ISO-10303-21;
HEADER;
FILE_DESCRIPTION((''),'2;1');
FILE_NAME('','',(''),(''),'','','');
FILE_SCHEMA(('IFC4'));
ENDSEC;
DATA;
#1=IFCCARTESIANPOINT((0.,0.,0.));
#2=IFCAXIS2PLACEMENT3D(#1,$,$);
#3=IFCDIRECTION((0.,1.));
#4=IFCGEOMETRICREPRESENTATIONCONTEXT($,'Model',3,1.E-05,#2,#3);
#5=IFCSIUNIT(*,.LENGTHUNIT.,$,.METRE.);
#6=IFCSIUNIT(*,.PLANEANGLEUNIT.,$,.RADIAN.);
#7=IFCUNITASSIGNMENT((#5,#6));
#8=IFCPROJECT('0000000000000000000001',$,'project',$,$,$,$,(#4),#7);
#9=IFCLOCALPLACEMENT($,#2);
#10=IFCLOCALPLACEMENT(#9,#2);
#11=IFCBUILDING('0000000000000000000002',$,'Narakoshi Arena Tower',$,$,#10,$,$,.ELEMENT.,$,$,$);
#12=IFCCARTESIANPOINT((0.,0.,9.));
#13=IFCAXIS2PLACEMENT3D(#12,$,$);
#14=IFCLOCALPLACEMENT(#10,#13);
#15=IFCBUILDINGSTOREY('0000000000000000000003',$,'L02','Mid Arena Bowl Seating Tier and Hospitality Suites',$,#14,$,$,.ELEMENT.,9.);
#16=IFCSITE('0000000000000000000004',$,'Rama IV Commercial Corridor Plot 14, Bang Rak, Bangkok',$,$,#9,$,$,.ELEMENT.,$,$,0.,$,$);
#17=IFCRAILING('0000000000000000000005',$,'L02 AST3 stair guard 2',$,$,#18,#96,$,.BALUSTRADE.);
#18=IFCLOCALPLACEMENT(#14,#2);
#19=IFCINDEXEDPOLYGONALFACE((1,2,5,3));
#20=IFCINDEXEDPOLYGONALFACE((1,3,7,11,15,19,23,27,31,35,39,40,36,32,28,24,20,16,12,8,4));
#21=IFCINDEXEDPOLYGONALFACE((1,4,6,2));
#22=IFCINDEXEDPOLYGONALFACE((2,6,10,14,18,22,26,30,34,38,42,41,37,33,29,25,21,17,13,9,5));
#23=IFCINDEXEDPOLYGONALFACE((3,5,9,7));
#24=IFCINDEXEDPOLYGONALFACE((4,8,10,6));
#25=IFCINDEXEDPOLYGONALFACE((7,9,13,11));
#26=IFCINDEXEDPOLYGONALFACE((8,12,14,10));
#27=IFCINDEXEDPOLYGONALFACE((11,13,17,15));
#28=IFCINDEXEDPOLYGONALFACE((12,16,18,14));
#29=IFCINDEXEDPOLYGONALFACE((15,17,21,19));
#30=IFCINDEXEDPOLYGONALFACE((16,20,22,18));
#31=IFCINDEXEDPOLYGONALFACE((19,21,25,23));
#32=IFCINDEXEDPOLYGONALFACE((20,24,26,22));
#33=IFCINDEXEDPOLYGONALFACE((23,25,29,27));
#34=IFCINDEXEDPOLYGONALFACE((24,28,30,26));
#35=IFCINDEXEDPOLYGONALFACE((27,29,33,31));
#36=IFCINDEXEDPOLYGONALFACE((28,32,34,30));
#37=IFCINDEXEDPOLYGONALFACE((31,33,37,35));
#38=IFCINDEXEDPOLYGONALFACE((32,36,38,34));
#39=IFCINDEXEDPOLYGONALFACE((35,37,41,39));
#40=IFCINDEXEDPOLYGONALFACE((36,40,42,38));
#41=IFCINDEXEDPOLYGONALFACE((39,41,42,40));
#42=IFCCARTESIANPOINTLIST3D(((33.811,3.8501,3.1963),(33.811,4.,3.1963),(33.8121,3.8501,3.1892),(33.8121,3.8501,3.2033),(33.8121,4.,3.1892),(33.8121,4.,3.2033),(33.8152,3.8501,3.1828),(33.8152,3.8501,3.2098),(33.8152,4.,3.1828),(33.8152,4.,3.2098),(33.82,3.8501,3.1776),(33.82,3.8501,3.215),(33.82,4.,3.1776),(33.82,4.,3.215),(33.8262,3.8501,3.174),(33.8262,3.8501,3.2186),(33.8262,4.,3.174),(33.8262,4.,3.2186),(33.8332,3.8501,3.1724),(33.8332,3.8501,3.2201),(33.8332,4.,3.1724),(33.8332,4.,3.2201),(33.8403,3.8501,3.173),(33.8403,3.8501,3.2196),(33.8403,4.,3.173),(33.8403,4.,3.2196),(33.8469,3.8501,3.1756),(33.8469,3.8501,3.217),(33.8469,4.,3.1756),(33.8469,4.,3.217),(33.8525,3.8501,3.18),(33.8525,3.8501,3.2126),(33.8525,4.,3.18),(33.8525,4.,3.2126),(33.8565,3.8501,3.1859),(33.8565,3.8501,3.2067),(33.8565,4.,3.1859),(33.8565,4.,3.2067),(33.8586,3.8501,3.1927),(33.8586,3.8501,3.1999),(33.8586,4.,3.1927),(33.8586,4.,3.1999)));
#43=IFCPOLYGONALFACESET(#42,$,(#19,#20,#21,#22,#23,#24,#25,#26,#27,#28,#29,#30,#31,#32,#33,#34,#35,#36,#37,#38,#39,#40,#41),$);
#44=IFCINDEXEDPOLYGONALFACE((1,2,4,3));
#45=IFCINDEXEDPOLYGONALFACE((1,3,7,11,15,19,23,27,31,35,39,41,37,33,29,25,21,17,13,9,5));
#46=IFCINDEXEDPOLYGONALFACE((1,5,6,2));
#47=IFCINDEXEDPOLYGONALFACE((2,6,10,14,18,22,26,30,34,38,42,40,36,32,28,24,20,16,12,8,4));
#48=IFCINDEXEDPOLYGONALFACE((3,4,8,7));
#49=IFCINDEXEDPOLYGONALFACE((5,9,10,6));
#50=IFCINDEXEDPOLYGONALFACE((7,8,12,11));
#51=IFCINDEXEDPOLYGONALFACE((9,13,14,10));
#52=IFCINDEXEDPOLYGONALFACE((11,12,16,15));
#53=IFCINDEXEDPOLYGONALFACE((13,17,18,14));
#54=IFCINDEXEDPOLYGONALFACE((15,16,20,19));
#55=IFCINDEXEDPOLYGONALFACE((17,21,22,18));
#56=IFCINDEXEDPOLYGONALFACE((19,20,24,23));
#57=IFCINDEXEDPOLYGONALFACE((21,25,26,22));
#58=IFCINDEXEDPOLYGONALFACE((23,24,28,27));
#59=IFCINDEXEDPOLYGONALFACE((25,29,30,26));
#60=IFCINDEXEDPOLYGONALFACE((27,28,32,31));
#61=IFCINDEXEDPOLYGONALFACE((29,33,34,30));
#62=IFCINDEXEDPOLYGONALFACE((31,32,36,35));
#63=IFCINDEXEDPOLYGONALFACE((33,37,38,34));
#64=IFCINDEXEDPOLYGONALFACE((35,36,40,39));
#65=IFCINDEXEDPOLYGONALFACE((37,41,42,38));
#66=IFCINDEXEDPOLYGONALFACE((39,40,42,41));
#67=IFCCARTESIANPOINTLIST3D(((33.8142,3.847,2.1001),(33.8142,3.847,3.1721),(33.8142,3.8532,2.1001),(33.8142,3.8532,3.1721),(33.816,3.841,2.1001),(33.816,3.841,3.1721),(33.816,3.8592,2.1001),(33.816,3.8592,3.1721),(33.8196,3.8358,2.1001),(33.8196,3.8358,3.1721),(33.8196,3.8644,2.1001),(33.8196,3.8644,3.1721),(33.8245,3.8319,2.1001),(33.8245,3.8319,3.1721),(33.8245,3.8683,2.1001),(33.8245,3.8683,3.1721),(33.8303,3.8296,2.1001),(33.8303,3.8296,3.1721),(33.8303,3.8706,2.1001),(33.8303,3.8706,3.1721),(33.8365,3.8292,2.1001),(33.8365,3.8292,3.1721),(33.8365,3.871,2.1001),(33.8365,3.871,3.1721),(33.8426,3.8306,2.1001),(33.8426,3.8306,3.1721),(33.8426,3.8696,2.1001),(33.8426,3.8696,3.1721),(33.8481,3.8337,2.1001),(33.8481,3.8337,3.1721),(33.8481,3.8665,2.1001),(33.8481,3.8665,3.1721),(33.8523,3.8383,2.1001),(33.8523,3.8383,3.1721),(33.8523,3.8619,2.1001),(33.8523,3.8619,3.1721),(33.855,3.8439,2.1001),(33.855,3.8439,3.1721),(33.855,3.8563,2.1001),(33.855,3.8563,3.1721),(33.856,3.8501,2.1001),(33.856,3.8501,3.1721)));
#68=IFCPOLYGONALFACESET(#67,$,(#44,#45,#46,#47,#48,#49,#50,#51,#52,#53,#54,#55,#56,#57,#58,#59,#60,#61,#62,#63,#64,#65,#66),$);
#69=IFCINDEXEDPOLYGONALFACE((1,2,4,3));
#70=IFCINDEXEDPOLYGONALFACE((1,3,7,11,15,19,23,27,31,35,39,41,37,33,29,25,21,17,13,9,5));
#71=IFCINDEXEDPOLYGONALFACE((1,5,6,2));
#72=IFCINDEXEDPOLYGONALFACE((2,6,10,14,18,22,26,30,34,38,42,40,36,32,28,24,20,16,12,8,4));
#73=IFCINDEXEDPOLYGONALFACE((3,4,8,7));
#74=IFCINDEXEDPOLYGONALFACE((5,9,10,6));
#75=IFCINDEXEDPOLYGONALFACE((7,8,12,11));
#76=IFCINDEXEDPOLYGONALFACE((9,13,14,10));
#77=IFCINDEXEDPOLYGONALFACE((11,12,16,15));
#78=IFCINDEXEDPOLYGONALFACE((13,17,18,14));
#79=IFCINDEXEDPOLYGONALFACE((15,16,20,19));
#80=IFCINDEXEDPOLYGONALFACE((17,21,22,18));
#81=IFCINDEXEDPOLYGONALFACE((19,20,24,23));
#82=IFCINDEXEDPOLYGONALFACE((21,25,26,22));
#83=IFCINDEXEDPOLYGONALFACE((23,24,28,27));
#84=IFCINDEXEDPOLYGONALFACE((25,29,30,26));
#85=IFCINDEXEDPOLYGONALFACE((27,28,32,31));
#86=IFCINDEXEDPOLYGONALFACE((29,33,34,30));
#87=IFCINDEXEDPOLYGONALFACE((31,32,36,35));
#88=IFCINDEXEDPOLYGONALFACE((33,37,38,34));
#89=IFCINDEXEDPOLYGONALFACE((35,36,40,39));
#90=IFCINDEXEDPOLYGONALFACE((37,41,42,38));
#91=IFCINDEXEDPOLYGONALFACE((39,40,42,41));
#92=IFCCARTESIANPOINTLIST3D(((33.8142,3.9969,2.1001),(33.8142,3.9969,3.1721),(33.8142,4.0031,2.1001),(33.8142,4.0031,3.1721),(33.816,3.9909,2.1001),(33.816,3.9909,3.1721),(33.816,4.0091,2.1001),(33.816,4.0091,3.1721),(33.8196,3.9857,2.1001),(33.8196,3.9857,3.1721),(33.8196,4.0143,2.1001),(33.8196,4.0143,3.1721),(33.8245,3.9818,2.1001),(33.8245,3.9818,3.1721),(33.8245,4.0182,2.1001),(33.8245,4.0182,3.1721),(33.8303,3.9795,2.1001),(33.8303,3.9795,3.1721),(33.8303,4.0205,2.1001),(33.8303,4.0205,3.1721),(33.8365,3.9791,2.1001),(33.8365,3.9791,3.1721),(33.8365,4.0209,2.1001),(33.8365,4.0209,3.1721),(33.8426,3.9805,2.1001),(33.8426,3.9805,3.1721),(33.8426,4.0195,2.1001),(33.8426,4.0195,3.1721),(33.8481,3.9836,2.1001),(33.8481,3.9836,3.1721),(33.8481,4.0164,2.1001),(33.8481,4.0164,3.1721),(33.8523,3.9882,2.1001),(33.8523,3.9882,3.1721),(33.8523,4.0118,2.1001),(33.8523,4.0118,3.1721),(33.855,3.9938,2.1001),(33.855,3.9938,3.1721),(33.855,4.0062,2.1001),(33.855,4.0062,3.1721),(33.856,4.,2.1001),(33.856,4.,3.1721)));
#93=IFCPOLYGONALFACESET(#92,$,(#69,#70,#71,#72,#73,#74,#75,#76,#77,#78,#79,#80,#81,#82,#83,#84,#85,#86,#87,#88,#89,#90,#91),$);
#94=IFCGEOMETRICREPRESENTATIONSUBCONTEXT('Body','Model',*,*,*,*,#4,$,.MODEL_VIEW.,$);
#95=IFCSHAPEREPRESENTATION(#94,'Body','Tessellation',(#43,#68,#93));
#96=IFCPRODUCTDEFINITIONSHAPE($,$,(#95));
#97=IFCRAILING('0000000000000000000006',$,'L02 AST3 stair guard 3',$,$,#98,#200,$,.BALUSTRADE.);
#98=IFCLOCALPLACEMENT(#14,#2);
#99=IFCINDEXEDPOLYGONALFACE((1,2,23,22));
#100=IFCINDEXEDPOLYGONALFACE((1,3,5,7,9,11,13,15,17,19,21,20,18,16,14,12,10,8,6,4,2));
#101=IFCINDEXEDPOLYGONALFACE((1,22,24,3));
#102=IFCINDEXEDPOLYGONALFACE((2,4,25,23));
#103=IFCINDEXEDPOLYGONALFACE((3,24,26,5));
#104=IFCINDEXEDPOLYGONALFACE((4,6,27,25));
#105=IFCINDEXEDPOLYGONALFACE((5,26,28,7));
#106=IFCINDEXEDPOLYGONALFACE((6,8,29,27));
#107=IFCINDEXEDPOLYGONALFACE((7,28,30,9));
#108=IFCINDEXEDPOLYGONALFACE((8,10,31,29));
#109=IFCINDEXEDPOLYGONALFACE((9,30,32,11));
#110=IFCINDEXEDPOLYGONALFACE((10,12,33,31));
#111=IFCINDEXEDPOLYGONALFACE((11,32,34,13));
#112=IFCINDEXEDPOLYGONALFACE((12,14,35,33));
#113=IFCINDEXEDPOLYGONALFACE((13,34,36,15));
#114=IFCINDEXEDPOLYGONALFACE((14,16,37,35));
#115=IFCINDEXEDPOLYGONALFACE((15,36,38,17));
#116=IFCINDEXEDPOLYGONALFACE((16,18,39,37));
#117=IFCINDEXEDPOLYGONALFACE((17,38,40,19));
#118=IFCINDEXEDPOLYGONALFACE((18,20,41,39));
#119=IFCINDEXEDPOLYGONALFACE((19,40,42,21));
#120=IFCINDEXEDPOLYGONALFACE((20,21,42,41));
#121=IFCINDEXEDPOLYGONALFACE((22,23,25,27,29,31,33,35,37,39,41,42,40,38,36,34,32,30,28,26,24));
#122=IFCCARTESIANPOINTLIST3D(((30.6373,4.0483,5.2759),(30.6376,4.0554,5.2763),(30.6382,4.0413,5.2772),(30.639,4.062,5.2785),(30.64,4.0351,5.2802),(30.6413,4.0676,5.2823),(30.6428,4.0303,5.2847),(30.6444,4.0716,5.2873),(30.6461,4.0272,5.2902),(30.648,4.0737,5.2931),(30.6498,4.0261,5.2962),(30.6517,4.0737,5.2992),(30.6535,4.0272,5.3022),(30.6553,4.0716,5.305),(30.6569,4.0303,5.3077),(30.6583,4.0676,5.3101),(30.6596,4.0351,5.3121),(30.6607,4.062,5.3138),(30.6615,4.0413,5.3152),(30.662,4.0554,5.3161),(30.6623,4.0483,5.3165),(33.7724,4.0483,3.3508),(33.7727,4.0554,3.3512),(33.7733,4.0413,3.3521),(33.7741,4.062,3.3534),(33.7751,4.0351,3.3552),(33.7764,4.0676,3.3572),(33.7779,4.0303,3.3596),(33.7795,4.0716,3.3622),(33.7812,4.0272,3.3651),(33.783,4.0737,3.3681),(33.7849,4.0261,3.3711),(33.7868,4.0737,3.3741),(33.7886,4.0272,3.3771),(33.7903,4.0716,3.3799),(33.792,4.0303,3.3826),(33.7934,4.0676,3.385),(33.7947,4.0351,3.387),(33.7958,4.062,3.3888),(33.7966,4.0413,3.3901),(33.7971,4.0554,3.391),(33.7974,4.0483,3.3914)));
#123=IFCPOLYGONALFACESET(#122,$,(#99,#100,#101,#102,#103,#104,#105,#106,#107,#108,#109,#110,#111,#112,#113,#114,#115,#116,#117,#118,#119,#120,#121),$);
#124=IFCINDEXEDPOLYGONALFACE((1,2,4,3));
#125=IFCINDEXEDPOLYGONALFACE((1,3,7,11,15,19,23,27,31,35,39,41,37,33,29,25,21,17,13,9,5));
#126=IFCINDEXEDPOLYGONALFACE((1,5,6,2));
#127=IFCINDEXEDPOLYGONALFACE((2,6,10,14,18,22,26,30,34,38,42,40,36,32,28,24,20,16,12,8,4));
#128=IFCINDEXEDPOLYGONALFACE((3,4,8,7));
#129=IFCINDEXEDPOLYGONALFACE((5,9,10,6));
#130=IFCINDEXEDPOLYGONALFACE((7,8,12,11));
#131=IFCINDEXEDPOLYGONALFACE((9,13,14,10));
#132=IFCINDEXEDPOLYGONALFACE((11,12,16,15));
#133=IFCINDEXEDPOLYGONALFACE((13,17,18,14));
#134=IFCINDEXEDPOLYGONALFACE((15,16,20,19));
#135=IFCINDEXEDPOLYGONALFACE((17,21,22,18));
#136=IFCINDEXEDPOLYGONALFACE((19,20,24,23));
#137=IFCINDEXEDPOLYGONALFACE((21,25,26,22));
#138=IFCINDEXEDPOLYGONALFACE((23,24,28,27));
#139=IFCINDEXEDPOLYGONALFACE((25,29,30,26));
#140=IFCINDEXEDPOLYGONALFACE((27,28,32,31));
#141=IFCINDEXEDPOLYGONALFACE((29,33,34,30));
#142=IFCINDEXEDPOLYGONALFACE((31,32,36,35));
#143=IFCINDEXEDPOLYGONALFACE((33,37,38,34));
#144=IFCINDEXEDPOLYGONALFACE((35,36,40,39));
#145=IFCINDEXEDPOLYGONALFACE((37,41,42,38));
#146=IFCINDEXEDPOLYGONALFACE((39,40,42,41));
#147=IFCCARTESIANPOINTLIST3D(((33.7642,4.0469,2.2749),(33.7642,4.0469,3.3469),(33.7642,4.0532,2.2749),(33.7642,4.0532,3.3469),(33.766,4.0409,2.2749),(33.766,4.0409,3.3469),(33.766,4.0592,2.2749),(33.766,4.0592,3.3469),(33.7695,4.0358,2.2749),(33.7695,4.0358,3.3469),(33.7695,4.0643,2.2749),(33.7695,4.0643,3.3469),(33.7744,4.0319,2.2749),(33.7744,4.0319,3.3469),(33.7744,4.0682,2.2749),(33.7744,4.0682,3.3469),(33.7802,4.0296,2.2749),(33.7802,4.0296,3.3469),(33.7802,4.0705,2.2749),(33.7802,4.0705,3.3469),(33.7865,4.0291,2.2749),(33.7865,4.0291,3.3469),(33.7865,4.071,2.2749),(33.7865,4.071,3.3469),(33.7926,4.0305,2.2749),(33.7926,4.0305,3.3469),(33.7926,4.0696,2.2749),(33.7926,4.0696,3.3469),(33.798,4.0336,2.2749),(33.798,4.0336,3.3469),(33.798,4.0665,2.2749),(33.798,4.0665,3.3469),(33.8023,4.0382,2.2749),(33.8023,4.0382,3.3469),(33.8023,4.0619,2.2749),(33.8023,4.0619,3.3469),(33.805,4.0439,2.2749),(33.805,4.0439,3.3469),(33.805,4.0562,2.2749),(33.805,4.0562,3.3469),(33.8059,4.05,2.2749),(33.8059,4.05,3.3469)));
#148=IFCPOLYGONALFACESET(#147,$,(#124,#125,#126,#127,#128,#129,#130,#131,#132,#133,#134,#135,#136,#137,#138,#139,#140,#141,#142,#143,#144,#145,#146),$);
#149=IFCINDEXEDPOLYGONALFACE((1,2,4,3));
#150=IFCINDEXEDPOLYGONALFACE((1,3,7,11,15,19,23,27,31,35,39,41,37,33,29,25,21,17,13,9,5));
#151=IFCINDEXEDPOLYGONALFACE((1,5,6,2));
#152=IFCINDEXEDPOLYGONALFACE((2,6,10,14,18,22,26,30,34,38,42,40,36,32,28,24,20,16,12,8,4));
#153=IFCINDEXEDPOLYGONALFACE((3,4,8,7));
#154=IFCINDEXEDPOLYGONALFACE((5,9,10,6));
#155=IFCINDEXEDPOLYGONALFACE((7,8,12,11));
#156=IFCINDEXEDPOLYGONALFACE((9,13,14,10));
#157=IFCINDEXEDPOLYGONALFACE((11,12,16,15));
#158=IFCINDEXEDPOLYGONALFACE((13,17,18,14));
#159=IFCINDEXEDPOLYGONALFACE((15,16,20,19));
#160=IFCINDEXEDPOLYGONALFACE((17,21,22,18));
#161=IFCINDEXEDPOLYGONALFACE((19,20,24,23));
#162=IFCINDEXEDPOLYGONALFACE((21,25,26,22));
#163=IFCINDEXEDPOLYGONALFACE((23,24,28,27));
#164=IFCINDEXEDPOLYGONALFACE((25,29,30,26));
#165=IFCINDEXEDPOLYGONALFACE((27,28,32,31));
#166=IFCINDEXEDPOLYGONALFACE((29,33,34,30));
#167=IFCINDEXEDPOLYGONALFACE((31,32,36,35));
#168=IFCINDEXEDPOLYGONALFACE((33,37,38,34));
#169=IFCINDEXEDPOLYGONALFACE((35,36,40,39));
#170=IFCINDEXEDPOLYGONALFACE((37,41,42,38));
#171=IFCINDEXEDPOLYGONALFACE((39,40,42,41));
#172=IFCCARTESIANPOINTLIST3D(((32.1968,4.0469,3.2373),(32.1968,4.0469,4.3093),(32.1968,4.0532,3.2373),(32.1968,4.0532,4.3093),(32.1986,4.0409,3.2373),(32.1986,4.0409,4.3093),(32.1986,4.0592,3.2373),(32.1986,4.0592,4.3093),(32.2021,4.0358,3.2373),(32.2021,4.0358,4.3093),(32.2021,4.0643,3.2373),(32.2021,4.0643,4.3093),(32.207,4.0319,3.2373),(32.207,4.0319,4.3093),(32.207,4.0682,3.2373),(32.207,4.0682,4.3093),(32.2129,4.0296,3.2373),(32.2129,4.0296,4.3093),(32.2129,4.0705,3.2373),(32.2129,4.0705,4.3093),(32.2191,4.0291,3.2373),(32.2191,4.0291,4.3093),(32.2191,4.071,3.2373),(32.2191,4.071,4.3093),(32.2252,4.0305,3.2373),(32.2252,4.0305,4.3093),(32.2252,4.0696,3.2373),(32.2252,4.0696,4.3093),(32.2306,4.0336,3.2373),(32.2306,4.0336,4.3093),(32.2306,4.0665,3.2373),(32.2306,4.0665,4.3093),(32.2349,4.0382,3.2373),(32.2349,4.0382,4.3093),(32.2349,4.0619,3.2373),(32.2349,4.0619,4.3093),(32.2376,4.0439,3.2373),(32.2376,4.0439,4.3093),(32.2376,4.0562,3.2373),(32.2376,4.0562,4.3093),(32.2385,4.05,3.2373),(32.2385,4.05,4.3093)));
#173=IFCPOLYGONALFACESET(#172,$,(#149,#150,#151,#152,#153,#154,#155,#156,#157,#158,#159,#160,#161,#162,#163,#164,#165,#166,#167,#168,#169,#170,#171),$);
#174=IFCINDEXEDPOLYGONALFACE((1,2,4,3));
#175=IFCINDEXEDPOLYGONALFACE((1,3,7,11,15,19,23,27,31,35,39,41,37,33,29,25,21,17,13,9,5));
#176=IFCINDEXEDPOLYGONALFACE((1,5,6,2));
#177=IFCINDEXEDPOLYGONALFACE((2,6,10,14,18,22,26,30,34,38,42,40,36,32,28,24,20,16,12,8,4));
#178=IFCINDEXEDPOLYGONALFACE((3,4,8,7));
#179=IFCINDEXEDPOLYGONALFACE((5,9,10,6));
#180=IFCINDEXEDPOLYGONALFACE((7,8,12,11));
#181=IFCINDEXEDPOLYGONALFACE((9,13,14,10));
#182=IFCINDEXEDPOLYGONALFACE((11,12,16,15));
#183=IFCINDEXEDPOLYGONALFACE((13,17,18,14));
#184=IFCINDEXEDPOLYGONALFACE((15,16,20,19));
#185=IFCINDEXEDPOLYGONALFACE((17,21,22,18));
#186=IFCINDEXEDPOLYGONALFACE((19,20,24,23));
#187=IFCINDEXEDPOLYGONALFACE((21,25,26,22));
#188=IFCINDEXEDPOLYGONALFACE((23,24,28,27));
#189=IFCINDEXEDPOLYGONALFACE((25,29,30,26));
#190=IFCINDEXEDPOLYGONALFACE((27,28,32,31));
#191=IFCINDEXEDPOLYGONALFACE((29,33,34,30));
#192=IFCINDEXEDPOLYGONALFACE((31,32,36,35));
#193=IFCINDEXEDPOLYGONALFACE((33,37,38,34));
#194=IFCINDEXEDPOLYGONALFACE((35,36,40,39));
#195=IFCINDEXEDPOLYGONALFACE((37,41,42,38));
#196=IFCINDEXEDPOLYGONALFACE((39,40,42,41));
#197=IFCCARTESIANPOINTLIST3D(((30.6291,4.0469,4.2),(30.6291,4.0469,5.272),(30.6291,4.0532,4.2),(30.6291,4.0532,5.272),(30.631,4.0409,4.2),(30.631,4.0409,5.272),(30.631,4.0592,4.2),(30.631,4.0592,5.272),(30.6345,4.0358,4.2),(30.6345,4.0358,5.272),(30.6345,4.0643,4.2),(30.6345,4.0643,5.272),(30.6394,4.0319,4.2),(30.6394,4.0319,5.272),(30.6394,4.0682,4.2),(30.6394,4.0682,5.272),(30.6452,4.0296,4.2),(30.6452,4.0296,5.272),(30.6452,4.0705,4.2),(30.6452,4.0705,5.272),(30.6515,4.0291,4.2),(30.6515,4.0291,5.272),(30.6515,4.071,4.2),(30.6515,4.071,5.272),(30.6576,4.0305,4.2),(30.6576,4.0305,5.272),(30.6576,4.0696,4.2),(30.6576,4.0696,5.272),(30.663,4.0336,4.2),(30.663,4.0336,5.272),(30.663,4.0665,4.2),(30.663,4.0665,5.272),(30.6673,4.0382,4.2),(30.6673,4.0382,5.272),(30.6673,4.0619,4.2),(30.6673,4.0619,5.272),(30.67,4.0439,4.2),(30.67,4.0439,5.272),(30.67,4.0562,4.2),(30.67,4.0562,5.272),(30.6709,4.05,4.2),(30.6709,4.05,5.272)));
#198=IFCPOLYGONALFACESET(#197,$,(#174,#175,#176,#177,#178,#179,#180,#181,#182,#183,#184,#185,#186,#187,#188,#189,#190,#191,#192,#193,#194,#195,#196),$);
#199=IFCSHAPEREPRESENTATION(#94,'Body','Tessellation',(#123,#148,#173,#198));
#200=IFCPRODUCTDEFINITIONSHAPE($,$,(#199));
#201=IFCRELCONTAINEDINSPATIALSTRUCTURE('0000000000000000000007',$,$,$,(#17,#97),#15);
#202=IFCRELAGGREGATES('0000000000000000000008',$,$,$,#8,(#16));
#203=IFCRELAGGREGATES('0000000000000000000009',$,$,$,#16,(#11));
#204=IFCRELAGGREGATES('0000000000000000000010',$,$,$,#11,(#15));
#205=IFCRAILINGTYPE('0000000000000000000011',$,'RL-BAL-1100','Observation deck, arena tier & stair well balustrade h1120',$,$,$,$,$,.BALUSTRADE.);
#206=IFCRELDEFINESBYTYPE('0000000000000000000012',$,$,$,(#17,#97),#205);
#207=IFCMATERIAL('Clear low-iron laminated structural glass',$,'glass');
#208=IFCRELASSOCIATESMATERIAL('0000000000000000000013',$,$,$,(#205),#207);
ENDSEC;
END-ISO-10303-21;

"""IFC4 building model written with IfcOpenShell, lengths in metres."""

from ifc_helpers import new_model, si_unit, direction, frame, origin, origin_2d, place, context, subcontext, project, spatial, circle, extrude, material, type_object, element, save


model = new_model("IFC4")

# Units and contexts
model_context = context("Model", 3, precision=1e-05, world=origin(), true_north=direction((0.0, 1.0)))
body_context = subcontext(model_context, "Body", "Model", "MODEL_VIEW")
ifc_project = project(units=[si_unit("LENGTHUNIT", "METRE"), si_unit("PLANEANGLEUNIT", "RADIAN")], contexts=[model_context])

# Site, building, storey
site_placement = place(None, origin())
site = spatial("IfcSite", under=ifc_project, at=site_placement, Name="Rama IV Commercial Corridor Plot 14, Bang Rak, Bangkok", CompositionType="ELEMENT", RefElevation=0.0)
building_placement = place(site_placement, origin())
building = spatial("IfcBuilding", under=site, at=building_placement, Name="Narakoshi Arena Tower", CompositionType="ELEMENT")
storey_placement = place(building_placement, frame((0.0, 0.0, 9.0)))
storey = spatial("IfcBuildingStorey", under=building, at=storey_placement, Name="L02", Description="Mid Arena Bowl Seating Tier and Hospitality Suites", CompositionType="ELEMENT", Elevation=9.0)

# Railings
ifc_material_1 = material(Name="Clear low-iron laminated structural glass", Category="glass")
railing_type_1 = type_object("IfcRailingType", Name="RL-BAL-1100", Description="Observation deck, arena tier & stair well balustrade h1120", PredefinedType="BALUSTRADE", material=ifc_material_1)
railing_1_placement = place(storey_placement, frame((33.835, 3.8501, 2.1001)))
element("IfcRailing", 1, at=railing_1_placement, inside=storey, type_object=railing_type_1, Name="L02 AST3 stair guard 2", PredefinedType="BALUSTRADE", context=body_context, shape_type="SweptSolid", body=[
    extrude(circle(Radius=0.0239, at=origin_2d()), frame((0.0, 0.0, 1.0962), z_axis=(0.0, 1.0, 0.0), x_axis=(-1.0, 0.0, 0.0)), (0.0, 0.0, 1.0), 0.1499),
    extrude(circle(Radius=0.021, at=origin_2d()), origin(), (0.0, 0.0, 1.0), 1.072),
    extrude(circle(Radius=0.021, at=origin_2d()), frame((0.0, 0.1499, 0.0)), (0.0, 0.0, 1.0), 1.072),
])
railing_2_placement = place(storey_placement, frame((33.7849, 4.05, 2.2749)))
element("IfcRailing", 2, at=railing_2_placement, inside=storey, type_object=railing_type_1, Name="L02 AST3 stair guard 3", PredefinedType="BALUSTRADE", context=body_context, shape_type="SweptSolid", body=[
    extrude(circle(Radius=0.0239, at=origin_2d()), frame((0.0, 0.0, 1.0962), z_axis=(-0.852166, 0.0, 0.523271), x_axis=(0.0, -1.0, 0.0)), (0.0, 0.0, 1.0), 3.679),
    extrude(circle(Radius=0.021, at=origin_2d()), origin(), (0.0, 0.0, 1.0), 1.072),
    extrude(circle(Radius=0.021, at=origin_2d()), frame((-1.5674, 0.0, 0.9624)), (0.0, 0.0, 1.0), 1.072),
    extrude(circle(Radius=0.021, at=origin_2d()), frame((-3.135, 0.0, 1.925)), (0.0, 0.0, 1.0), 1.072),
])

save(model, "model.ifc")
